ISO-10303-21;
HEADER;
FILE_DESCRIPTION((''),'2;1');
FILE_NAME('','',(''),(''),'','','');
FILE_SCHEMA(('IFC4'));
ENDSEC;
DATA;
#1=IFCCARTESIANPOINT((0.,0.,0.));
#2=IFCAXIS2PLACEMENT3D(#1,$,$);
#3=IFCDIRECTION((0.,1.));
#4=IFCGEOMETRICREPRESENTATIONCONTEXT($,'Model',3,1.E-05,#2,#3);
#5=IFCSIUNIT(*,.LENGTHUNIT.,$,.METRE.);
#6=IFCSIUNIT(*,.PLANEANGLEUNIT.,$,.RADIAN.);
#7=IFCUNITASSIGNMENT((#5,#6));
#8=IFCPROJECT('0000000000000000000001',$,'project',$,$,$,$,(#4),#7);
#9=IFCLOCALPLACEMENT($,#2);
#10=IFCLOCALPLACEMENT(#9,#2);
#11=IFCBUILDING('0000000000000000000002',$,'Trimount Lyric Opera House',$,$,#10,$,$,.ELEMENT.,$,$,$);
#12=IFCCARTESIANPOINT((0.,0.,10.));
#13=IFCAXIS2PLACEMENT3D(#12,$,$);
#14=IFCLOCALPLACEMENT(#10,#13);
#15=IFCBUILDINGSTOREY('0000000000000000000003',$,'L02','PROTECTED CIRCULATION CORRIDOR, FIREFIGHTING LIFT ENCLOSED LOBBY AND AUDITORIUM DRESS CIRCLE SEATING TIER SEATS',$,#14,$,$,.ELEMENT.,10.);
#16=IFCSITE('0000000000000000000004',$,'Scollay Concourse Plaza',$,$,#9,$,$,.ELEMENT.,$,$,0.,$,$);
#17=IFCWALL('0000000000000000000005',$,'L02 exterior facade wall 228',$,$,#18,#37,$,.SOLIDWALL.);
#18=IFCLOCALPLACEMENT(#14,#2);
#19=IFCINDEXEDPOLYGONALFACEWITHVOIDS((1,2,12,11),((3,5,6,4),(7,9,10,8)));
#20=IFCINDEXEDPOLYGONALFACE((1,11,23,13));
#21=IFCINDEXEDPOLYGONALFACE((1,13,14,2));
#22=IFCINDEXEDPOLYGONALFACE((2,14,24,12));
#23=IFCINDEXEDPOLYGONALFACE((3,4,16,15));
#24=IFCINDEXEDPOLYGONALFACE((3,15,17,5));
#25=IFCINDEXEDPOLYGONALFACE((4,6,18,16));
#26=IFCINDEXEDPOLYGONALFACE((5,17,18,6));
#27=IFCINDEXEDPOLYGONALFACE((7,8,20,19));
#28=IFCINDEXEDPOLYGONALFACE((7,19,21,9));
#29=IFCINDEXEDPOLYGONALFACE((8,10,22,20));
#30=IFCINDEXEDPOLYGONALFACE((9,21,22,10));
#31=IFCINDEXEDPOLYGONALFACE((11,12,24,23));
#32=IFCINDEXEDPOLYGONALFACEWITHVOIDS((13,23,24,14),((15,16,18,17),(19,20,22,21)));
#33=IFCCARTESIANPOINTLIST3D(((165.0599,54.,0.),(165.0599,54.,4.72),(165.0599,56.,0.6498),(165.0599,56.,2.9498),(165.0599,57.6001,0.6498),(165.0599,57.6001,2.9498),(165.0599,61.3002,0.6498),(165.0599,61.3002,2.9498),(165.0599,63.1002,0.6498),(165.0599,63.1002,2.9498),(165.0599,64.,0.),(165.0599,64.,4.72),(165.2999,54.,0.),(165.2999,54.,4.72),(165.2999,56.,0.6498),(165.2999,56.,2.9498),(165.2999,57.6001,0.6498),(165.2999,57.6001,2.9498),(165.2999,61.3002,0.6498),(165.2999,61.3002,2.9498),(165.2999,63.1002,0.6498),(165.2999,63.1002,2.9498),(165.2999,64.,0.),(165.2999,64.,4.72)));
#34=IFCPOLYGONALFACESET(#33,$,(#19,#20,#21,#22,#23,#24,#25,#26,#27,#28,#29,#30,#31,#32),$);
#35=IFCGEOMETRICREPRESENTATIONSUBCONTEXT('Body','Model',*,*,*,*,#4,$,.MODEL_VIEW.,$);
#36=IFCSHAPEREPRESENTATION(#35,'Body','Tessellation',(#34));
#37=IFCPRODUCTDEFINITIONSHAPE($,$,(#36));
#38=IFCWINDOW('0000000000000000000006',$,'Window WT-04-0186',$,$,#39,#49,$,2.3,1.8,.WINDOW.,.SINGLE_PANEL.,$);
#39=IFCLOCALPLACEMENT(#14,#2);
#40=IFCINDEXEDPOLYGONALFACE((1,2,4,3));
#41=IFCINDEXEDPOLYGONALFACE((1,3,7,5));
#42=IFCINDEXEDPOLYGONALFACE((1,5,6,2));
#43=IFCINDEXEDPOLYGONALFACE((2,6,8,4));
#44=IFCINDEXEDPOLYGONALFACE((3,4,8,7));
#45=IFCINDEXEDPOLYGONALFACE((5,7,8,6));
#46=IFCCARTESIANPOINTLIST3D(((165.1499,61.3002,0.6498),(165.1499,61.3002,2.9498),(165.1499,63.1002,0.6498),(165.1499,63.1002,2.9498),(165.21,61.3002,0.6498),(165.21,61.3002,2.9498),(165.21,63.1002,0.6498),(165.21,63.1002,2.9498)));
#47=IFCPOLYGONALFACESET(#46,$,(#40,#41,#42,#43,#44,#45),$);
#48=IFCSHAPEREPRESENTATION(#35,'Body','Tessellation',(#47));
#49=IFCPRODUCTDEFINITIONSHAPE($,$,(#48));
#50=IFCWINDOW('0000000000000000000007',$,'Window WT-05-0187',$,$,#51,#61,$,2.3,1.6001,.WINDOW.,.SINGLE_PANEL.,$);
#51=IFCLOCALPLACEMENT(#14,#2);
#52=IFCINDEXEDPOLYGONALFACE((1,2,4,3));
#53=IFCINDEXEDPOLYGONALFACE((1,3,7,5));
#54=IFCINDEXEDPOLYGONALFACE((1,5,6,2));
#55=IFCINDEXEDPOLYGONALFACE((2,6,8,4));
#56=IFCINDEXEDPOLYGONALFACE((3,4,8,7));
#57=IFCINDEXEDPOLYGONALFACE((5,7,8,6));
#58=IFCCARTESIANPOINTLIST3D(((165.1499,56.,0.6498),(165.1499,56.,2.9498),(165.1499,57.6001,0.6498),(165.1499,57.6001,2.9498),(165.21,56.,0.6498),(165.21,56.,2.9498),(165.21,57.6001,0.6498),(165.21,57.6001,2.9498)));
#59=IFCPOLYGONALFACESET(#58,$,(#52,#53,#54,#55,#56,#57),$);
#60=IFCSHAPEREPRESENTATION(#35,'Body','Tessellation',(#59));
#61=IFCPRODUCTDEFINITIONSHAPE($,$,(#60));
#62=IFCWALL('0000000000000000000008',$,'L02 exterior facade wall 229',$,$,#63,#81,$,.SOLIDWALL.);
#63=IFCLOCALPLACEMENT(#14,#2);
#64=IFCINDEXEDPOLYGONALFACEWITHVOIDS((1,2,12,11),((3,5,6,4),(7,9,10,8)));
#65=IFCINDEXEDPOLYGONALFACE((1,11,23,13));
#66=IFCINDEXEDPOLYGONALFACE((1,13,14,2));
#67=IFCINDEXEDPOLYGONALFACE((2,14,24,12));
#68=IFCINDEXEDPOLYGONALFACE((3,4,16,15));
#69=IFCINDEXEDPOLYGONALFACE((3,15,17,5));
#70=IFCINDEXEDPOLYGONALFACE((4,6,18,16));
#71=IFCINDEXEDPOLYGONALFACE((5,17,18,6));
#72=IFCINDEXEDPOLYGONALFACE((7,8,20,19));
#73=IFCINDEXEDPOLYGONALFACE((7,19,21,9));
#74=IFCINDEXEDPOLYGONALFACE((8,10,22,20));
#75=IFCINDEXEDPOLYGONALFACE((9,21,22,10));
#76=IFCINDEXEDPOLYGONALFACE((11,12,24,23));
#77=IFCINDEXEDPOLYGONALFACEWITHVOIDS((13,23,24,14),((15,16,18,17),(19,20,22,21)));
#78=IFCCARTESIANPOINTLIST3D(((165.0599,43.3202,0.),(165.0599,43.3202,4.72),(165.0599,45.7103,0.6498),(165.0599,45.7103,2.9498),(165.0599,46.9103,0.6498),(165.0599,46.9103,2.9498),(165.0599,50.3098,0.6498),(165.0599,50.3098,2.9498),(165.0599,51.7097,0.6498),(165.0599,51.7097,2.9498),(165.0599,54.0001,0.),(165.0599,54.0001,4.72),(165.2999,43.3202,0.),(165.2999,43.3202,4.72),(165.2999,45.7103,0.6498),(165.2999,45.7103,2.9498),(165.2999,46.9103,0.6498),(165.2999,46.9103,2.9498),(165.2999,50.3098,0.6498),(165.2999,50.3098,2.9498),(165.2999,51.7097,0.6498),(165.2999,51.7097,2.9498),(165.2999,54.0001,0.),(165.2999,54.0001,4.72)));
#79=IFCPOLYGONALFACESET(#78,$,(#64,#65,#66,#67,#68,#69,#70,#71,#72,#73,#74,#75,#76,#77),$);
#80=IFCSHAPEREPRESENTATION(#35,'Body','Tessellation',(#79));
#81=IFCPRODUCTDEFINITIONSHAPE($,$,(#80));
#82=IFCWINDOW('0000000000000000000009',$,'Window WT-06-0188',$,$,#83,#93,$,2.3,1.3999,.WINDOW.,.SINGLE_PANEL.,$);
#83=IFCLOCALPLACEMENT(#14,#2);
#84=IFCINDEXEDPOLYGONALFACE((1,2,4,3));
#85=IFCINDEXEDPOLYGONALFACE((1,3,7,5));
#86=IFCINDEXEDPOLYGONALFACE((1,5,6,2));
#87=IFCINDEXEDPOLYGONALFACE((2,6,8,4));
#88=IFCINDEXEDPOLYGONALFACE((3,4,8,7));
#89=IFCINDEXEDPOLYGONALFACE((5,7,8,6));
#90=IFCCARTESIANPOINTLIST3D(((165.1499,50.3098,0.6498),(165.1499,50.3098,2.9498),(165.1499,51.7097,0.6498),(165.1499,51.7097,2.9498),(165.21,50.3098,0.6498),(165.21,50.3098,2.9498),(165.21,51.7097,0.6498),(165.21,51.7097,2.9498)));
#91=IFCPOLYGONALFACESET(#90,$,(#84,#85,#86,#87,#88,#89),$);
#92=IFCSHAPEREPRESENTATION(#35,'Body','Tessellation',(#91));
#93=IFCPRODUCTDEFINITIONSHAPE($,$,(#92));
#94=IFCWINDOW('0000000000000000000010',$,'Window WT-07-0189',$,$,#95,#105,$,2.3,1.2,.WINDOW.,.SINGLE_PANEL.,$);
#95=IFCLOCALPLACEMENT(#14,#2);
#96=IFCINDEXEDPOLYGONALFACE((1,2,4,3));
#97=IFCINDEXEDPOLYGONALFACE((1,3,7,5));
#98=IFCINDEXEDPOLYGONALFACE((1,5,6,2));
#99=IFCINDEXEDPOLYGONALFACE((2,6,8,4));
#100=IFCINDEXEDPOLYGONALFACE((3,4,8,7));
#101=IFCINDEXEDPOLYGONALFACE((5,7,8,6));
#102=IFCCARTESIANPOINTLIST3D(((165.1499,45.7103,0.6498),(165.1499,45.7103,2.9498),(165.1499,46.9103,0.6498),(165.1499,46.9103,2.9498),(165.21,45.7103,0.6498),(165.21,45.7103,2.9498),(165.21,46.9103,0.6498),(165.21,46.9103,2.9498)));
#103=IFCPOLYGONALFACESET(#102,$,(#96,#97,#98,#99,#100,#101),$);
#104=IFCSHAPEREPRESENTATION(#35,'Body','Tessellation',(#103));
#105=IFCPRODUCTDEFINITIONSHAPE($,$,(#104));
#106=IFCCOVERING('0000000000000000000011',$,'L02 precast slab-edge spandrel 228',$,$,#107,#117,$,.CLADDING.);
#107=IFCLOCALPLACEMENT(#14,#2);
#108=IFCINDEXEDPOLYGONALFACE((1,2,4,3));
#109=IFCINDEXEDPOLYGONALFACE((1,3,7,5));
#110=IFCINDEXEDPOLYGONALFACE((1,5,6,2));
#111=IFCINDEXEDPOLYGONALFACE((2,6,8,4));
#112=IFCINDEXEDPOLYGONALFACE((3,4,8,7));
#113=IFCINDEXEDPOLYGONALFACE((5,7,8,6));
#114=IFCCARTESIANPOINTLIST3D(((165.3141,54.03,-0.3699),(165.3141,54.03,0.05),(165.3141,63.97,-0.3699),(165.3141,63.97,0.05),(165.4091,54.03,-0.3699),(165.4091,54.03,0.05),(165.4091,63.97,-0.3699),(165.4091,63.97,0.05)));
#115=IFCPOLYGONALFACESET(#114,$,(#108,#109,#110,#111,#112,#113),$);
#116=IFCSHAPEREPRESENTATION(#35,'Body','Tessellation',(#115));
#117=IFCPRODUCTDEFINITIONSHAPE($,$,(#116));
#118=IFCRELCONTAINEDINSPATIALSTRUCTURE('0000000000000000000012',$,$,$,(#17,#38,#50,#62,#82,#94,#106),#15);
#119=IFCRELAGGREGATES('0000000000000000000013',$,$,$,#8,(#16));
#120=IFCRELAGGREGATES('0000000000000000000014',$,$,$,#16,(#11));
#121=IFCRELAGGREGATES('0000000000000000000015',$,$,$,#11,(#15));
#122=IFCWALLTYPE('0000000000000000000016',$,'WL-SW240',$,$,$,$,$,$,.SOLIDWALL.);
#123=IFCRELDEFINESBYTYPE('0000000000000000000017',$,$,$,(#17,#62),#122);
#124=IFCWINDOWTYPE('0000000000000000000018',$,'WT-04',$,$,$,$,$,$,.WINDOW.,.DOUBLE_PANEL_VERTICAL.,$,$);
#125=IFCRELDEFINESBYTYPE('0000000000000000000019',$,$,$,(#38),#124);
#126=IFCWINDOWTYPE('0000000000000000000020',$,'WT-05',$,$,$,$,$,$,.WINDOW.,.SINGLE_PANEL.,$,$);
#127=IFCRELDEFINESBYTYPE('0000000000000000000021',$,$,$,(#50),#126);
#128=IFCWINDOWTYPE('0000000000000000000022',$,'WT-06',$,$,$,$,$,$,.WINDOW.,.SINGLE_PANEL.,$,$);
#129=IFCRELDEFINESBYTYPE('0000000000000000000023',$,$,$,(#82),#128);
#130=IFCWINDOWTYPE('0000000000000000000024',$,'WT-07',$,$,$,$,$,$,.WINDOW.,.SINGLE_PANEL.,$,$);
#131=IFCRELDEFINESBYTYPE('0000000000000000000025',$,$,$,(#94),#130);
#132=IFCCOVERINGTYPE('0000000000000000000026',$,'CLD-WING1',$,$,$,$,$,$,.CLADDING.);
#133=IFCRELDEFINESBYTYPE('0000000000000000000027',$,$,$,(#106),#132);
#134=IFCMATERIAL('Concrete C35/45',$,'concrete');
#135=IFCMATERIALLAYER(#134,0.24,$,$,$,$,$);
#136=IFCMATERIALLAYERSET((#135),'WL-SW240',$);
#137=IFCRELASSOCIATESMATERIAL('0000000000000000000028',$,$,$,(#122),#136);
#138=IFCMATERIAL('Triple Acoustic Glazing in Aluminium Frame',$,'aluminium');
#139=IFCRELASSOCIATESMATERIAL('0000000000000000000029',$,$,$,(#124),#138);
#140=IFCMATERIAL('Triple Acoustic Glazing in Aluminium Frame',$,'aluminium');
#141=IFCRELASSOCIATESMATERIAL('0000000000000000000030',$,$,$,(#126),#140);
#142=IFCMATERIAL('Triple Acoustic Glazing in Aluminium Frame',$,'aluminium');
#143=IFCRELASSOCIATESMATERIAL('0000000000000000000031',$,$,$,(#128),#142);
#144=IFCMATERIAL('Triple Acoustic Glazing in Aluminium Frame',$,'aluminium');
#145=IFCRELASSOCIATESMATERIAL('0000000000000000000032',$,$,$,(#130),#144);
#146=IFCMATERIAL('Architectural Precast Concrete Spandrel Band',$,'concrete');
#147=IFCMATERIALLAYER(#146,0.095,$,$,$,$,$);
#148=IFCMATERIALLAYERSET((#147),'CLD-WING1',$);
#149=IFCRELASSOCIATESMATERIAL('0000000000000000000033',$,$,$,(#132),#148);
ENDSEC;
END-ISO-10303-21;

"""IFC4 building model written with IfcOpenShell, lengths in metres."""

from ifc_helpers import new_model, si_unit, direction, frame, frame_2d, origin, origin_2d, place, context, subcontext, project, spatial, rectangle, extrude, material, layer, layer_set, type_object, element, fill, save


model = new_model("IFC4")

# Units and contexts
model_context = context("Model", 3, precision=1e-05, world=origin(), true_north=direction((0.0, 1.0)))
body_context = subcontext(model_context, "Body", "Model", "MODEL_VIEW")
ifc_project = project(units=[si_unit("LENGTHUNIT", "METRE"), si_unit("PLANEANGLEUNIT", "RADIAN")], contexts=[model_context])

# Site, building, storey
site_placement = place(None, origin())
site = spatial("IfcSite", under=ifc_project, at=site_placement, Name="Scollay Concourse Plaza", CompositionType="ELEMENT", RefElevation=0.0)
building_placement = place(site_placement, origin())
building = spatial("IfcBuilding", under=site, at=building_placement, Name="Trimount Lyric Opera House", CompositionType="ELEMENT")
storey_placement = place(building_placement, frame((0.0, 0.0, 10.0)))
storey = spatial("IfcBuildingStorey", under=building, at=storey_placement, Name="L02", Description="PROTECTED CIRCULATION CORRIDOR, FIREFIGHTING LIFT ENCLOSED LOBBY AND AUDITORIUM DRESS CIRCLE SEATING TIER SEATS", CompositionType="ELEMENT", Elevation=10.0)

# Walls, openings, windows
ifc_material_1 = material(Name="Concrete C35/45", Category="concrete")
ifc_layer_1 = layer(ifc_material_1, 0.24)
ifc_layer_set_1 = layer_set([ifc_layer_1], Name="WL-SW240")
wall_type_1 = type_object("IfcWallType", Name="WL-SW240", PredefinedType="SOLIDWALL", material=ifc_layer_set_1)
wall_1_placement = place(storey_placement, frame((165.1799, 64.0, 0.0), z_axis=(0.0, 0.0, 1.0), x_axis=(0.0, -1.0, 0.0)))
wall_1 = element("IfcWall", 1, at=wall_1_placement, inside=storey, type_object=wall_type_1, Name="L02 exterior facade wall 228", PredefinedType="SOLIDWALL", context=body_context, shape_type="SweptSolid", body=[
    extrude(rectangle(XDim=10.0, YDim=0.24, at=frame_2d((5.0, 0.0))), origin(), (0.0, 0.0, 1.0), 4.72),
])
opening_1_placement = place(wall_1_placement, frame((0.8999, 0.0, 0.6499)))
opening_1 = element("IfcOpeningElement", 2, at=opening_1_placement, cuts=wall_1, PredefinedType="OPENING", context=body_context, shape_type="SweptSolid", body=[
    extrude(rectangle(XDim=1.8, YDim=2.3, at=frame_2d((0.8999, 1.1499))), frame((0.0, 0.1299, 0.0), z_axis=(0.0, -1.0, 0.0), x_axis=(1.0, 0.0, 0.0)), (0.0, 0.0, 1.0), 0.26),
])
opening_2_placement = place(wall_1_placement, frame((6.3999, 0.0, 0.6499)))
opening_2 = element("IfcOpeningElement", 3, at=opening_2_placement, cuts=wall_1, PredefinedType="OPENING", context=body_context, shape_type="SweptSolid", body=[
    extrude(rectangle(XDim=1.6001, YDim=2.3, at=frame_2d((0.8, 1.1499))), frame((0.0, 0.1299, 0.0), z_axis=(0.0, -1.0, 0.0), x_axis=(1.0, 0.0, 0.0)), (0.0, 0.0, 1.0), 0.26),
])
ifc_material_2 = material(Name="Triple Acoustic Glazing in Aluminium Frame", Category="aluminium")
window_type_1 = type_object("IfcWindowType", Name="WT-04", PartitioningType="DOUBLE_PANEL_VERTICAL", PredefinedType="WINDOW", material=ifc_material_2)
window_1_placement = place(opening_1_placement, origin())
window_1 = element("IfcWindow", 4, at=window_1_placement, inside=storey, type_object=window_type_1, Name="Window WT-04-0186", OverallHeight=2.3, OverallWidth=1.8, PartitioningType="SINGLE_PANEL", PredefinedType="WINDOW", context=body_context, shape_type="SweptSolid", body=[
    extrude(rectangle(XDim=1.8, YDim=2.3, at=frame_2d((0.8999, 1.1499))), frame((0.0, 0.03, 0.0), z_axis=(0.0, -1.0, 0.0), x_axis=(1.0, 0.0, 0.0)), (0.0, 0.0, 1.0), 0.0601),
])
fill(opening_1, window_1)
ifc_material_3 = material(Name="Triple Acoustic Glazing in Aluminium Frame", Category="aluminium")
window_type_2 = type_object("IfcWindowType", Name="WT-05", PartitioningType="SINGLE_PANEL", PredefinedType="WINDOW", material=ifc_material_3)
window_2_placement = place(opening_2_placement, origin())
window_2 = element("IfcWindow", 5, at=window_2_placement, inside=storey, type_object=window_type_2, Name="Window WT-05-0187", OverallHeight=2.3, OverallWidth=1.6001, PartitioningType="SINGLE_PANEL", PredefinedType="WINDOW", context=body_context, shape_type="SweptSolid", body=[
    extrude(rectangle(XDim=1.6001, YDim=2.3, at=frame_2d((0.8, 1.1499))), frame((0.0, 0.03, 0.0), z_axis=(0.0, -1.0, 0.0), x_axis=(1.0, 0.0, 0.0)), (0.0, 0.0, 1.0), 0.0601),
])
fill(opening_2, window_2)
wall_2_placement = place(storey_placement, frame((165.1799, 54.0, 0.0), z_axis=(0.0, 0.0, 1.0), x_axis=(0.0, -1.0, 0.0)))
wall_2 = element("IfcWall", 6, at=wall_2_placement, inside=storey, type_object=wall_type_1, Name="L02 exterior facade wall 229", PredefinedType="SOLIDWALL", context=body_context, shape_type="SweptSolid", body=[
    extrude(rectangle(XDim=10.6799, YDim=0.24, at=frame_2d((5.3398, 0.0))), origin(), (0.0, 0.0, 1.0), 4.72),
])
opening_3_placement = place(wall_2_placement, frame((2.2903, 0.0, 0.6499)))
opening_3 = element("IfcOpeningElement", 7, at=opening_3_placement, cuts=wall_2, PredefinedType="OPENING", context=body_context, shape_type="SweptSolid", body=[
    extrude(rectangle(XDim=1.3999, YDim=2.3, at=frame_2d((0.7, 1.1499))), frame((0.0, 0.1299, 0.0), z_axis=(0.0, -1.0, 0.0), x_axis=(1.0, 0.0, 0.0)), (0.0, 0.0, 1.0), 0.26),
])
opening_4_placement = place(wall_2_placement, frame((7.0896, 0.0, 0.6499)))
opening_4 = element("IfcOpeningElement", 8, at=opening_4_placement, cuts=wall_2, PredefinedType="OPENING", context=body_context, shape_type="SweptSolid", body=[
    extrude(rectangle(XDim=1.2, YDim=2.3, at=frame_2d((0.6001, 1.1499))), frame((0.0, 0.1299, 0.0), z_axis=(0.0, -1.0, 0.0), x_axis=(1.0, 0.0, 0.0)), (0.0, 0.0, 1.0), 0.26),
])
ifc_material_4 = material(Name="Triple Acoustic Glazing in Aluminium Frame", Category="aluminium")
window_type_3 = type_object("IfcWindowType", Name="WT-06", PartitioningType="SINGLE_PANEL", PredefinedType="WINDOW", material=ifc_material_4)
window_3_placement = place(opening_3_placement, origin())
window_3 = element("IfcWindow", 9, at=window_3_placement, inside=storey, type_object=window_type_3, Name="Window WT-06-0188", OverallHeight=2.3, OverallWidth=1.3999, PartitioningType="SINGLE_PANEL", PredefinedType="WINDOW", context=body_context, shape_type="SweptSolid", body=[
    extrude(rectangle(XDim=1.3999, YDim=2.3, at=frame_2d((0.7, 1.1499))), frame((0.0, 0.03, 0.0), z_axis=(0.0, -1.0, 0.0), x_axis=(1.0, 0.0, 0.0)), (0.0, 0.0, 1.0), 0.0601),
])
fill(opening_3, window_3)
ifc_material_5 = material(Name="Triple Acoustic Glazing in Aluminium Frame", Category="aluminium")
window_type_4 = type_object("IfcWindowType", Name="WT-07", PartitioningType="SINGLE_PANEL", PredefinedType="WINDOW", material=ifc_material_5)
window_4_placement = place(opening_4_placement, origin())
window_4 = element("IfcWindow", 10, at=window_4_placement, inside=storey, type_object=window_type_4, Name="Window WT-07-0189", OverallHeight=2.3, OverallWidth=1.2, PartitioningType="SINGLE_PANEL", PredefinedType="WINDOW", context=body_context, shape_type="SweptSolid", body=[
    extrude(rectangle(XDim=1.2, YDim=2.3, at=frame_2d((0.6001, 1.1499))), frame((0.0, 0.03, 0.0), z_axis=(0.0, -1.0, 0.0), x_axis=(1.0, 0.0, 0.0)), (0.0, 0.0, 1.0), 0.0601),
])
fill(opening_4, window_4)

# Covering
ifc_material_6 = material(Name="Architectural Precast Concrete Spandrel Band", Category="concrete")
ifc_layer_2 = layer(ifc_material_6, 0.095)
ifc_layer_set_2 = layer_set([ifc_layer_2], Name="CLD-WING1")
covering_type = type_object("IfcCoveringType", Name="CLD-WING1", PredefinedType="CLADDING", material=ifc_layer_set_2)
covering_placement = place(storey_placement, frame((165.3616, 59.0, -0.3699), z_axis=(0.0, 0.0, 1.0), x_axis=(0.0, -1.0, 0.0)))
element("IfcCovering", 11, at=covering_placement, inside=storey, type_object=covering_type, Name="L02 precast slab-edge spandrel 228", PredefinedType="CLADDING", context=body_context, shape_type="SweptSolid", body=[
    extrude(rectangle(XDim=9.9399, YDim=0.095, at=origin_2d()), origin(), (0.0, 0.0, 1.0), 0.4199),
])

save(model, "model.ifc")
